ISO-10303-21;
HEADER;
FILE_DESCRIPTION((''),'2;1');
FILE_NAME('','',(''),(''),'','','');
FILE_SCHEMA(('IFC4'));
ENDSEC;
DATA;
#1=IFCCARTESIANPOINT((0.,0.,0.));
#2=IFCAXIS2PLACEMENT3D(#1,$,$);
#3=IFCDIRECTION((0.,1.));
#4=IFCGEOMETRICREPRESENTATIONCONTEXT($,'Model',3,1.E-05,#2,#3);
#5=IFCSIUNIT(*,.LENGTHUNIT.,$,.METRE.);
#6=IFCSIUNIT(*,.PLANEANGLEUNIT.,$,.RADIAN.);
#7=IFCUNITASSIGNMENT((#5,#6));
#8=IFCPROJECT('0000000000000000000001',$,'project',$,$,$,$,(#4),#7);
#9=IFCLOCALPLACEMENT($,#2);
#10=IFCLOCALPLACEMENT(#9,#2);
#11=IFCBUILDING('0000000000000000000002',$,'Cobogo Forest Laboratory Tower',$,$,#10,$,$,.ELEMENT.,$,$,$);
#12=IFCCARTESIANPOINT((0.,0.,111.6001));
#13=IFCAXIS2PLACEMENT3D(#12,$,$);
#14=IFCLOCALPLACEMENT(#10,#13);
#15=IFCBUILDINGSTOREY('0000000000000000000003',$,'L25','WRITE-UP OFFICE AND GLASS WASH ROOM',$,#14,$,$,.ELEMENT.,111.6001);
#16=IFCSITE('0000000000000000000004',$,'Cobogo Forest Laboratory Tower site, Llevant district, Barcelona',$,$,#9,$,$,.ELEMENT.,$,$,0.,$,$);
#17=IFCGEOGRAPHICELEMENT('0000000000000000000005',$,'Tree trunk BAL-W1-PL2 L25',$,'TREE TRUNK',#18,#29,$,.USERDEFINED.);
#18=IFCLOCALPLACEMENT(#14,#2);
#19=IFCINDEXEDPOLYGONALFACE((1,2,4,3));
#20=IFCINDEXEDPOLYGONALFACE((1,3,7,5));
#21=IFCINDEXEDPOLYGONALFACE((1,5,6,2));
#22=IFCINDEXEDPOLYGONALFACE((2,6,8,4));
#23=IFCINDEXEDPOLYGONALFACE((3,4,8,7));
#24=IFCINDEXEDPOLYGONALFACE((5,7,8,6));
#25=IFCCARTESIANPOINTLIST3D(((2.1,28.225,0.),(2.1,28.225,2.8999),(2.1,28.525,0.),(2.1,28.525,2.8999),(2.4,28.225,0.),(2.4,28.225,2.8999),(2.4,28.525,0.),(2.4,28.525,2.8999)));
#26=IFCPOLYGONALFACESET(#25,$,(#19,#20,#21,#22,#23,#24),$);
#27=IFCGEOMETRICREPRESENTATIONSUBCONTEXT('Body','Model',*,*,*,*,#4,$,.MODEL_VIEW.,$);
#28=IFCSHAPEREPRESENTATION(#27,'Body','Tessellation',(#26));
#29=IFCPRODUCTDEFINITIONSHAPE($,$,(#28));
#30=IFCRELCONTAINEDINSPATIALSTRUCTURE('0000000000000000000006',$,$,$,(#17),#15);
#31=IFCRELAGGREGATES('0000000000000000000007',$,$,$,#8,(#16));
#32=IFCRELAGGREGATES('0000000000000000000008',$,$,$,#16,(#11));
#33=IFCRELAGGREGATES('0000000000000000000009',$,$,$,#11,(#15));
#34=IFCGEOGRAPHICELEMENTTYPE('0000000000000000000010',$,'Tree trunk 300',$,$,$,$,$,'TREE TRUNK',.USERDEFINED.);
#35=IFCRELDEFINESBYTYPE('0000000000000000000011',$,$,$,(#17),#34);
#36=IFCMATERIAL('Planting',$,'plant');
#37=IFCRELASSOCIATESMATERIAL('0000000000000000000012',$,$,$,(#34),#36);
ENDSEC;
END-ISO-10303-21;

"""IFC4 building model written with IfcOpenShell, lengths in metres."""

from ifc_helpers import new_model, si_unit, direction, frame, origin, origin_2d, place, context, subcontext, project, spatial, rectangle, extrude, material, type_object, element, save


model = new_model("IFC4")

# Units and contexts
model_context = context("Model", 3, precision=1e-05, world=origin(), true_north=direction((0.0, 1.0)))
body_context = subcontext(model_context, "Body", "Model", "MODEL_VIEW")
ifc_project = project(units=[si_unit("LENGTHUNIT", "METRE"), si_unit("PLANEANGLEUNIT", "RADIAN")], contexts=[model_context])

# Site, building, storey
site_placement = place(None, origin())
site = spatial("IfcSite", under=ifc_project, at=site_placement, Name="Cobogo Forest Laboratory Tower site, Llevant district, Barcelona", CompositionType="ELEMENT", RefElevation=0.0)
building_placement = place(site_placement, origin())
building = spatial("IfcBuilding", under=site, at=building_placement, Name="Cobogo Forest Laboratory Tower", CompositionType="ELEMENT")
storey_placement = place(building_placement, frame((0.0, 0.0, 111.6001)))
storey = spatial("IfcBuildingStorey", under=building, at=storey_placement, Name="L25", Description="WRITE-UP OFFICE AND GLASS WASH ROOM", CompositionType="ELEMENT", Elevation=111.6001)

# Geographic element
ifc_material_1 = material(Name="Planting", Category="plant")
geographic_element_type = type_object("IfcGeographicElementType", Name="Tree trunk 300", ElementType="TREE TRUNK", PredefinedType="USERDEFINED", material=ifc_material_1)
geographic_element_placement = place(storey_placement, frame((2.25, 28.375, 0.0), z_axis=(0.0, 0.0, 1.0), x_axis=(1.0, 0.0, 0.0)))
element("IfcGeographicElement", 1, at=geographic_element_placement, inside=storey, type_object=geographic_element_type, Name="Tree trunk BAL-W1-PL2 L25", ObjectType="TREE TRUNK", PredefinedType="USERDEFINED", context=body_context, shape_type="SweptSolid", body=[
    extrude(rectangle(XDim=0.3, YDim=0.3, at=origin_2d()), origin(), (0.0, 0.0, 1.0), 2.8999),
])

save(model, "model.ifc")
